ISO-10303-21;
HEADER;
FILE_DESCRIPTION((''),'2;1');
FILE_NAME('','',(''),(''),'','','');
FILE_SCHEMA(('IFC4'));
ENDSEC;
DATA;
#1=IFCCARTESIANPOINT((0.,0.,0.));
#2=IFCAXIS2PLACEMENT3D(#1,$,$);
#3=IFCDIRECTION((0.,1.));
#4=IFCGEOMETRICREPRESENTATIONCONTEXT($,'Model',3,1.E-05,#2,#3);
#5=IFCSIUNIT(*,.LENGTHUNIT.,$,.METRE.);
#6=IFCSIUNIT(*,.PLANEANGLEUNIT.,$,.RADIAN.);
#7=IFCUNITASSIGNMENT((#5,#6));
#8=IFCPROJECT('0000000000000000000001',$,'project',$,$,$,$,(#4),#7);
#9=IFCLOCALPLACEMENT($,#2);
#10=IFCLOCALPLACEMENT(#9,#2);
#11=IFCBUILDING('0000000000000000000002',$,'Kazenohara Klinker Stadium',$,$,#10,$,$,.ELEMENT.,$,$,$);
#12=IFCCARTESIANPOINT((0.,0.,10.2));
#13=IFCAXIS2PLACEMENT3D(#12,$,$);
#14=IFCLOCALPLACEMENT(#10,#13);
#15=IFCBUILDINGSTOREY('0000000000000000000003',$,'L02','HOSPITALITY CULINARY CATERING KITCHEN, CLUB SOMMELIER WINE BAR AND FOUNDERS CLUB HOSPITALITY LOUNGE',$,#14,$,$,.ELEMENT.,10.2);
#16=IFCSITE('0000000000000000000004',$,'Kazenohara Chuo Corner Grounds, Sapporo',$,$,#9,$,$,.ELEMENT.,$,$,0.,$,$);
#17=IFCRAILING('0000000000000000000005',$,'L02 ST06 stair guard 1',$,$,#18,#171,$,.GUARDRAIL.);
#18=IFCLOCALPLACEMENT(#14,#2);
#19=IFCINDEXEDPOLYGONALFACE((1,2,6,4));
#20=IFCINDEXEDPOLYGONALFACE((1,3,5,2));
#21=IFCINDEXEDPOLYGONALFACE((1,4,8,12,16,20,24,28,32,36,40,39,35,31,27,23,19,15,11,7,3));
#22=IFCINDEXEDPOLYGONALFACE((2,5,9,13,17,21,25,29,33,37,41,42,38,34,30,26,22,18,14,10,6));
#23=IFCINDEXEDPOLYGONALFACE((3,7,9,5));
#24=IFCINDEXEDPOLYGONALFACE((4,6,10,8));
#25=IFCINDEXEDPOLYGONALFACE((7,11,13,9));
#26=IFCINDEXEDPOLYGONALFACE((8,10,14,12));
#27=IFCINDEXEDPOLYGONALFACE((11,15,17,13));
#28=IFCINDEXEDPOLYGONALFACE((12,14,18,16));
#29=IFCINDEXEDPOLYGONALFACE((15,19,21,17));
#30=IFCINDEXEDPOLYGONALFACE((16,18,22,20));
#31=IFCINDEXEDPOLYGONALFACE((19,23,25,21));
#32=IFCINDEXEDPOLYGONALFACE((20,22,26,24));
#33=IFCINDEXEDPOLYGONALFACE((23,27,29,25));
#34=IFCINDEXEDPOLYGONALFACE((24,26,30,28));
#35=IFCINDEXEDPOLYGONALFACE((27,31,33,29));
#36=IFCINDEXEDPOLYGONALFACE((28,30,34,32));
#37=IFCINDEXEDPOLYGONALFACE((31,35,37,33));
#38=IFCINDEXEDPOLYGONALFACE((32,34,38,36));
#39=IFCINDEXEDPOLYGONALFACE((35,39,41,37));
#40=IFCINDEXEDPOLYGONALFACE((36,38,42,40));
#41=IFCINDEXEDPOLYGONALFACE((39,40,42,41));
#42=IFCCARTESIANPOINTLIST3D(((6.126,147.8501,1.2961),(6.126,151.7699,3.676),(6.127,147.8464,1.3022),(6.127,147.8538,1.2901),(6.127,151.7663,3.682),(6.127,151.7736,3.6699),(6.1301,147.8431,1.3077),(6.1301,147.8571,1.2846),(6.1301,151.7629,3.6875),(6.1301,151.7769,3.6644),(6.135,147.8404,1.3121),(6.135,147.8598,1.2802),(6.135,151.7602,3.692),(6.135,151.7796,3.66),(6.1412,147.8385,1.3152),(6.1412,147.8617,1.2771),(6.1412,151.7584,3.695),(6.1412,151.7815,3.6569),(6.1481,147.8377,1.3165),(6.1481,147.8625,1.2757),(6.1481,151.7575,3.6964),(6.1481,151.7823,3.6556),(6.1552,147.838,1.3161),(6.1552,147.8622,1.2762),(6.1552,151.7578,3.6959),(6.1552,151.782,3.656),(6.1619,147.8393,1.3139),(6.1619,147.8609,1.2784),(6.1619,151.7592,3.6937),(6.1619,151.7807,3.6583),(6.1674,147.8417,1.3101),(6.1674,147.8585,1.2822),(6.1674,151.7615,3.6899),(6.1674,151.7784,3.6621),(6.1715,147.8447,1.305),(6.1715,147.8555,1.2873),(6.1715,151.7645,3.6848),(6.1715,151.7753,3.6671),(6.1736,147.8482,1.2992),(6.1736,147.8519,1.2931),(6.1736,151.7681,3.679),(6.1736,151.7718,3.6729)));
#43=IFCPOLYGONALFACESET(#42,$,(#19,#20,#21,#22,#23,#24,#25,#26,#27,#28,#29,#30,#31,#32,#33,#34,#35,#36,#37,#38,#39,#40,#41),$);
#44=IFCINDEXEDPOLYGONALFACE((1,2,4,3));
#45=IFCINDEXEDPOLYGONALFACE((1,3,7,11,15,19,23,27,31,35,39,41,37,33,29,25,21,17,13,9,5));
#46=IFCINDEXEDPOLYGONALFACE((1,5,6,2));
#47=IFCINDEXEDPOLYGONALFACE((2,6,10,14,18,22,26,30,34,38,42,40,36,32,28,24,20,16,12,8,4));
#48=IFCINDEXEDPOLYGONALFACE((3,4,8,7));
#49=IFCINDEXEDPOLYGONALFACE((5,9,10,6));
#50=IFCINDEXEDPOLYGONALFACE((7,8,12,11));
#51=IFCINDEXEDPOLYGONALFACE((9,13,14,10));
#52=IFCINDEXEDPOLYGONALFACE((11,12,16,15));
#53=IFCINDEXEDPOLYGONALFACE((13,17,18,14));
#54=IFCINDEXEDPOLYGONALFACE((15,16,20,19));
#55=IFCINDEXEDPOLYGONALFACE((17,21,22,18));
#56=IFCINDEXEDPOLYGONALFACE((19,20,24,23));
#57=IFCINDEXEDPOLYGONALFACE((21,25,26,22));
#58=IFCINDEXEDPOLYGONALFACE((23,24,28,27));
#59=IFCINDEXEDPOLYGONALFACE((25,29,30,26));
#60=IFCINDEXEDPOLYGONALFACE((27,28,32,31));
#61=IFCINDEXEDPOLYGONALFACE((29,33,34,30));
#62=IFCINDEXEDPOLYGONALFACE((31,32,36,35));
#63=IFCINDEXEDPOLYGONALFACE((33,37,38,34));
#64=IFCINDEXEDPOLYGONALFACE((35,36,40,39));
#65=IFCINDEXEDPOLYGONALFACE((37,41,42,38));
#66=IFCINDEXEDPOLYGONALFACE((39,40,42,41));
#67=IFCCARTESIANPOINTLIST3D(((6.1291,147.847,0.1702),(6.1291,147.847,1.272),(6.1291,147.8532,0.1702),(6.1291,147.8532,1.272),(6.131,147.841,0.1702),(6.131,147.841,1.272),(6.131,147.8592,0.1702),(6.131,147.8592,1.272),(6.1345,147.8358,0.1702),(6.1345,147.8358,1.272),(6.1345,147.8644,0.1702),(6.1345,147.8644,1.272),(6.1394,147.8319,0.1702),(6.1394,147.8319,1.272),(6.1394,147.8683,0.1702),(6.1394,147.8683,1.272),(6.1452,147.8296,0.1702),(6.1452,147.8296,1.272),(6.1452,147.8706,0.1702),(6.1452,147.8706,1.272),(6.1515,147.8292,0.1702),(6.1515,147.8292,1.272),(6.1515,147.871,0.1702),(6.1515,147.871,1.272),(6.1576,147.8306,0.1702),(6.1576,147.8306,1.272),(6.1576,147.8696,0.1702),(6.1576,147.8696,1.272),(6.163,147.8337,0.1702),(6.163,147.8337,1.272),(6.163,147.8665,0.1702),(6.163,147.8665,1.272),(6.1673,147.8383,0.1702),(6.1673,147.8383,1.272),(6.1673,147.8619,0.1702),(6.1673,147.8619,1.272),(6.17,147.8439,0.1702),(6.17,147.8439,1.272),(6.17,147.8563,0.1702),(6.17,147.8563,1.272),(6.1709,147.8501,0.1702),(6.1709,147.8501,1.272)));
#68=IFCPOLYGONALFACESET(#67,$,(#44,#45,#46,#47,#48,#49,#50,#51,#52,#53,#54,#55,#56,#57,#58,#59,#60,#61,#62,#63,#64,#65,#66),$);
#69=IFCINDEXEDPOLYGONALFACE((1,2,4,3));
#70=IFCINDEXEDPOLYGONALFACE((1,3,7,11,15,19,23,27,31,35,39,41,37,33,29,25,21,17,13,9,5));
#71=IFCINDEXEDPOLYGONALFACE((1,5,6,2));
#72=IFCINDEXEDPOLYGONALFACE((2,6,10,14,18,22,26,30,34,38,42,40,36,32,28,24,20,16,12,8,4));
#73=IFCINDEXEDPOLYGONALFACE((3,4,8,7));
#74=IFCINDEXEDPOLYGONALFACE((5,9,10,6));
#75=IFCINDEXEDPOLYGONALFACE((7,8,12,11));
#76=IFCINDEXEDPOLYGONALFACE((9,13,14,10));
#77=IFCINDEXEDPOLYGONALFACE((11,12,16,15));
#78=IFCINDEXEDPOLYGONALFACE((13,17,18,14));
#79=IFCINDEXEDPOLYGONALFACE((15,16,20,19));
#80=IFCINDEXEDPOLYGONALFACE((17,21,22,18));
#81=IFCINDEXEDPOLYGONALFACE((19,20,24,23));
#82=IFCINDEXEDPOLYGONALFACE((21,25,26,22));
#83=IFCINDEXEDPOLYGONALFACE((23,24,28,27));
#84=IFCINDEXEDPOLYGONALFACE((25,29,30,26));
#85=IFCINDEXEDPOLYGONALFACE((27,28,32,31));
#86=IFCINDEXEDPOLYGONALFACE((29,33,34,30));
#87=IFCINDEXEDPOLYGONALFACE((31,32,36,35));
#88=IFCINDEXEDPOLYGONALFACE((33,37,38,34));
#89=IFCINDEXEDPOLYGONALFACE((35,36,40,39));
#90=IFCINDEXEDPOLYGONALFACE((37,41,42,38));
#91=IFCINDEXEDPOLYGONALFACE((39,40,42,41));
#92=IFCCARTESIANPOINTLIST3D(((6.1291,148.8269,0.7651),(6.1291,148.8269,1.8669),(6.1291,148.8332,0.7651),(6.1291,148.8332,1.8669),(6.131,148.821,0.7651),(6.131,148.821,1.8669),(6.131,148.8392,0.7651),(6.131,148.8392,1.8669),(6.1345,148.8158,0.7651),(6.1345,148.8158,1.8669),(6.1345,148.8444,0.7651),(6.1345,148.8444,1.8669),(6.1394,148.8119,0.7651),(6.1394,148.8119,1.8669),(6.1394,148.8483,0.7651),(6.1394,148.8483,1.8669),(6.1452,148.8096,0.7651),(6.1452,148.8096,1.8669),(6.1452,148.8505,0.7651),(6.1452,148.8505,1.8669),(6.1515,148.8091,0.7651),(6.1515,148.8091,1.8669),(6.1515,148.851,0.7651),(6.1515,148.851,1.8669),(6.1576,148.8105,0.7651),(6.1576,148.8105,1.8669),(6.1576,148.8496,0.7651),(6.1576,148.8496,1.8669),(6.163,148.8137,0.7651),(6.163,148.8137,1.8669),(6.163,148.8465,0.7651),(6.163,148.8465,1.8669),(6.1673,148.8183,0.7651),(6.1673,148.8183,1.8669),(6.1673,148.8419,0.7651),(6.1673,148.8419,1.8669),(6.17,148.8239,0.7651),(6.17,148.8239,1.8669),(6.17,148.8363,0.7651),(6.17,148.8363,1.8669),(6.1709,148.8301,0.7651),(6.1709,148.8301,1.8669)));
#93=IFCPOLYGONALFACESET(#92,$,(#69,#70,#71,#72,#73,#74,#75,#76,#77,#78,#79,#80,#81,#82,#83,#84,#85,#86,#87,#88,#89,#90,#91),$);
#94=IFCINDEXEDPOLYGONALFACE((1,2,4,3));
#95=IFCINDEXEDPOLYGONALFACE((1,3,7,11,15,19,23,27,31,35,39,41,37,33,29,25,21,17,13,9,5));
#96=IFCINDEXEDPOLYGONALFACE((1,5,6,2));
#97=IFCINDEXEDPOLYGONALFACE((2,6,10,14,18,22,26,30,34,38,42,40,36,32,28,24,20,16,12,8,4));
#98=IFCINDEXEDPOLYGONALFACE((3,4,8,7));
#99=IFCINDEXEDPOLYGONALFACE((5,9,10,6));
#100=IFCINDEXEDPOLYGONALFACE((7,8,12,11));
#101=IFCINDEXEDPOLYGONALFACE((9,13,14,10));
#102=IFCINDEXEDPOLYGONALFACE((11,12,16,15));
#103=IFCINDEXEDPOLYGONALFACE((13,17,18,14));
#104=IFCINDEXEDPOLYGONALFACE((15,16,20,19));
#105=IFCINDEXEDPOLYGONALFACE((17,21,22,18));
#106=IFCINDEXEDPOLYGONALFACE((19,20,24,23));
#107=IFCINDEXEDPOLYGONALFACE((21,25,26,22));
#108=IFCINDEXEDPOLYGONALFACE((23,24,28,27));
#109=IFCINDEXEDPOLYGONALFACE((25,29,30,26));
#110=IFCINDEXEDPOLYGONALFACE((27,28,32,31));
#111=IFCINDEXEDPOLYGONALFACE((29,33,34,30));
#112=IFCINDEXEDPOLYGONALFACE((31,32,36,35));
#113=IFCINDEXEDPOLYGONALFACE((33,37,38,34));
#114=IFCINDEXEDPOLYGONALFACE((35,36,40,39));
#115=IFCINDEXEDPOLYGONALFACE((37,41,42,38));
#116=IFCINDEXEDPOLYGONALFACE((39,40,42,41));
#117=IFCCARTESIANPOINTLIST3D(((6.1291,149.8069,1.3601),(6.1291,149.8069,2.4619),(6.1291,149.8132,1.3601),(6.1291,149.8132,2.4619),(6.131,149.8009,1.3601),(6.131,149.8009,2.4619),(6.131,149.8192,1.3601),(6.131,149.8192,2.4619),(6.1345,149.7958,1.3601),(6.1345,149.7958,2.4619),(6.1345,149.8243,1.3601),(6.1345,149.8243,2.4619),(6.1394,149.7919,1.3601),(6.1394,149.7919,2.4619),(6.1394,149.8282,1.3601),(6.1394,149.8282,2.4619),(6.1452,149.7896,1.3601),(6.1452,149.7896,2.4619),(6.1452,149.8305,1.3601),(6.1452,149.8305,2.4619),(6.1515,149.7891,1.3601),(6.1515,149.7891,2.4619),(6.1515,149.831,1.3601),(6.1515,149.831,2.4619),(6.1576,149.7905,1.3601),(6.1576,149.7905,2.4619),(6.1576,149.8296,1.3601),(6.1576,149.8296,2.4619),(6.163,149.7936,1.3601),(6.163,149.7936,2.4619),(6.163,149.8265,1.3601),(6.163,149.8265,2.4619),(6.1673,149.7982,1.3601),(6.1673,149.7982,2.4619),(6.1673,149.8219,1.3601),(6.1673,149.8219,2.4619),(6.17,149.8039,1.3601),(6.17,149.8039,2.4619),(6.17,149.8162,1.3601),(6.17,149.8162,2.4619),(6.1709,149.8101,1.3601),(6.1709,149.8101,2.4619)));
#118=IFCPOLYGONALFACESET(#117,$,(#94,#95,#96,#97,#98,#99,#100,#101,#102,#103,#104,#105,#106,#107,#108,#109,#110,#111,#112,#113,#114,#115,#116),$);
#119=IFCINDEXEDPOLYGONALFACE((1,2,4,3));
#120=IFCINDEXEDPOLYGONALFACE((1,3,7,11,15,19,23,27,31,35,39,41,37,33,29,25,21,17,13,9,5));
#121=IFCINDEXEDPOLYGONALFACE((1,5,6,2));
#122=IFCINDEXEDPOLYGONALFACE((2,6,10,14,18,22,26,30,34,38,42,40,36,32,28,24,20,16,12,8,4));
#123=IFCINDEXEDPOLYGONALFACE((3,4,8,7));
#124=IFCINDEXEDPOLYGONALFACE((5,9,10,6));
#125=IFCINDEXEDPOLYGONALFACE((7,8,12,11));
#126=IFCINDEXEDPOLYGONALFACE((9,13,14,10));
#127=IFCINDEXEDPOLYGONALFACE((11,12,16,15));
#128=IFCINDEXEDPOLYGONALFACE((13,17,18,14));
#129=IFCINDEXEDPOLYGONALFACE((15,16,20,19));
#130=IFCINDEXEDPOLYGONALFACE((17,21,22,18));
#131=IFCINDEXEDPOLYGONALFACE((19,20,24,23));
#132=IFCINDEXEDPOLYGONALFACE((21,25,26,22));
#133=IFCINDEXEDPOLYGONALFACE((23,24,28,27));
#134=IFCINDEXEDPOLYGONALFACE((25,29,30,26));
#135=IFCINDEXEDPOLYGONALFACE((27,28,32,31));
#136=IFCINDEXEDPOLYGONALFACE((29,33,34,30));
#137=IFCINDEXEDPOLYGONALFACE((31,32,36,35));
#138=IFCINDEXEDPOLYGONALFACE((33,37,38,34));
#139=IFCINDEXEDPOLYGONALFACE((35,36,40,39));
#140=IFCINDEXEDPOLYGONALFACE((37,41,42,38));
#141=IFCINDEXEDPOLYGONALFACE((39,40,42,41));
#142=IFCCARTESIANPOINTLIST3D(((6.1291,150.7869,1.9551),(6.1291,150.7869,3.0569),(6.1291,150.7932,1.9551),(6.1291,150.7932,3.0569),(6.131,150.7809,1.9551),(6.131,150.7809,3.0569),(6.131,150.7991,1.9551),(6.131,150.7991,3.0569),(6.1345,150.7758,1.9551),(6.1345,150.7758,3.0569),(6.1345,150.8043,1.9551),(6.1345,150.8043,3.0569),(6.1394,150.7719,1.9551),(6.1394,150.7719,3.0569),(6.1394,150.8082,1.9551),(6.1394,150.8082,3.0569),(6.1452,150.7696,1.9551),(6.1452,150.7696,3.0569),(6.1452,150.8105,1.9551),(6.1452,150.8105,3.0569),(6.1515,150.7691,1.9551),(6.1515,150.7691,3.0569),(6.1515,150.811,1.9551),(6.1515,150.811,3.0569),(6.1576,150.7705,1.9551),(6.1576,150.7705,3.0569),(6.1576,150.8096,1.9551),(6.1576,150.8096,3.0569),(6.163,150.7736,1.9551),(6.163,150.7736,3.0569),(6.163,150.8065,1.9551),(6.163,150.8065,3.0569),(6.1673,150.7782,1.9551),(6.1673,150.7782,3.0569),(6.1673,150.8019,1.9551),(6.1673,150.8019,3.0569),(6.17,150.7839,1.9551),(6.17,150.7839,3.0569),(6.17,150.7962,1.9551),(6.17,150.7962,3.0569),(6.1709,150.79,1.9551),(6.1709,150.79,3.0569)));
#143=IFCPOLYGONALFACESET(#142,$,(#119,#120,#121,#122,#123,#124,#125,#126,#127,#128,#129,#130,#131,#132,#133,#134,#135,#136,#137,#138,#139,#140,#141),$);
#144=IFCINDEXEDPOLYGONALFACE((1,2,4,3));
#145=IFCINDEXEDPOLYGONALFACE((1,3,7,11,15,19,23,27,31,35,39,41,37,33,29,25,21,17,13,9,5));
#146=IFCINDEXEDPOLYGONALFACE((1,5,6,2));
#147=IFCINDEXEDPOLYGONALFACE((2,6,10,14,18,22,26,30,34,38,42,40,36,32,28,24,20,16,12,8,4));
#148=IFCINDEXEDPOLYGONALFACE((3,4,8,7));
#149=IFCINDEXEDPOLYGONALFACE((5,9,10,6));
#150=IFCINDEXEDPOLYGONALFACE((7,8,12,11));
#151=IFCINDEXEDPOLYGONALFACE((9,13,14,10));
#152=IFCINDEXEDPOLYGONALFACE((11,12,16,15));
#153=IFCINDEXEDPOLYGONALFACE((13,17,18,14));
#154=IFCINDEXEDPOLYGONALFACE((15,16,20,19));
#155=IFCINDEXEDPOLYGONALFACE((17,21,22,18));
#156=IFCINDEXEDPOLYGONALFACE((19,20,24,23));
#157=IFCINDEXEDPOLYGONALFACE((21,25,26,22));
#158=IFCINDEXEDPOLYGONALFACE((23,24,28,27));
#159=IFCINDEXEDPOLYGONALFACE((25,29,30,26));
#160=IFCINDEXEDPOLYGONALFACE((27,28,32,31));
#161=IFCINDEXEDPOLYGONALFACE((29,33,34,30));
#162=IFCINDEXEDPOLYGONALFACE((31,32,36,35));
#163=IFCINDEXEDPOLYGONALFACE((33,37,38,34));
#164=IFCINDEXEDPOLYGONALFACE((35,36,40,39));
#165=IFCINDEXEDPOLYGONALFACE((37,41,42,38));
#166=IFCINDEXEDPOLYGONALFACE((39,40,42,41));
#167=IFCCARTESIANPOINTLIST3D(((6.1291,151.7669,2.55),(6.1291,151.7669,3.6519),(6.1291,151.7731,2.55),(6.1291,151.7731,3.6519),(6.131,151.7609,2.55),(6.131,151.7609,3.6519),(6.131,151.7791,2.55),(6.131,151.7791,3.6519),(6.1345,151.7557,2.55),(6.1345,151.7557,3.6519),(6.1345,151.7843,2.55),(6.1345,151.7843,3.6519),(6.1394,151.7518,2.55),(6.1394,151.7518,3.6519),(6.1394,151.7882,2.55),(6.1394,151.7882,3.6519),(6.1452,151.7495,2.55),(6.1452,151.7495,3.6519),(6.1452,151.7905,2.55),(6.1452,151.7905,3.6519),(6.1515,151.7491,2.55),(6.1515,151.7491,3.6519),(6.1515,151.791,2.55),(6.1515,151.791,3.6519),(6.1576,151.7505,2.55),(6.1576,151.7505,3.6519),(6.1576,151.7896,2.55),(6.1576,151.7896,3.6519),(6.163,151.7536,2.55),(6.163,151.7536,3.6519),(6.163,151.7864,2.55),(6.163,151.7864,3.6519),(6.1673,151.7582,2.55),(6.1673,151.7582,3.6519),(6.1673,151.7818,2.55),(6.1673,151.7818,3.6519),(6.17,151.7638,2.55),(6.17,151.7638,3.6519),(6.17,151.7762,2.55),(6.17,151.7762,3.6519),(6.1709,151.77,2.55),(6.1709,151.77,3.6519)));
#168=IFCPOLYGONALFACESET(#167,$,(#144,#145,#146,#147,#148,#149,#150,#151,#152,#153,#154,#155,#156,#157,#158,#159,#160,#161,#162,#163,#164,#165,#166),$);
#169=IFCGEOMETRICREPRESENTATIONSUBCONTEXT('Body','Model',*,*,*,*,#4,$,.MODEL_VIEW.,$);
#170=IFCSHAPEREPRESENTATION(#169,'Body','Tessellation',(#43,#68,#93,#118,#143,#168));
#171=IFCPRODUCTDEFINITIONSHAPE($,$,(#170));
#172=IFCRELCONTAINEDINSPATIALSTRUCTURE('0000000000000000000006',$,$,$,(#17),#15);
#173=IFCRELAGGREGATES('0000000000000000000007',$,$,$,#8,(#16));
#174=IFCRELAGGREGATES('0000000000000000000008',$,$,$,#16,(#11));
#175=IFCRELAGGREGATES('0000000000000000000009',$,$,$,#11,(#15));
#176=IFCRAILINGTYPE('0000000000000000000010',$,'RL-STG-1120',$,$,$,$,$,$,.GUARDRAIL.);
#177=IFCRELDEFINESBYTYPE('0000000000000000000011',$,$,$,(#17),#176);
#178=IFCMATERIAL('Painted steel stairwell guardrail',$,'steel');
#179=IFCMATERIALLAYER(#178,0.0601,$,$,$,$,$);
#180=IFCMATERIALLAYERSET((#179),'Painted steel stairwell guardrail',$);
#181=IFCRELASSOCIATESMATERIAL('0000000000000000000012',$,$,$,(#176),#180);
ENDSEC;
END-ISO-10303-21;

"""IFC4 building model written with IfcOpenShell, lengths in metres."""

from ifc_helpers import new_model, si_unit, direction, frame, origin, origin_2d, place, context, subcontext, project, spatial, circle, extrude, material, layer, layer_set, type_object, element, save


model = new_model("IFC4")

# Units and contexts
model_context = context("Model", 3, precision=1e-05, world=origin(), true_north=direction((0.0, 1.0)))
body_context = subcontext(model_context, "Body", "Model", "MODEL_VIEW")
ifc_project = project(units=[si_unit("LENGTHUNIT", "METRE"), si_unit("PLANEANGLEUNIT", "RADIAN")], contexts=[model_context])

# Site, building, storey
site_placement = place(None, origin())
site = spatial("IfcSite", under=ifc_project, at=site_placement, Name="Kazenohara Chuo Corner Grounds, Sapporo", CompositionType="ELEMENT", RefElevation=0.0)
building_placement = place(site_placement, origin())
building = spatial("IfcBuilding", under=site, at=building_placement, Name="Kazenohara Klinker Stadium", CompositionType="ELEMENT")
storey_placement = place(building_placement, frame((0.0, 0.0, 10.2)))
storey = spatial("IfcBuildingStorey", under=building, at=storey_placement, Name="L02", Description="HOSPITALITY CULINARY CATERING KITCHEN, CLUB SOMMELIER WINE BAR AND FOUNDERS CLUB HOSPITALITY LOUNGE", CompositionType="ELEMENT", Elevation=10.2)

# Railing
ifc_material_1 = material(Name="Painted steel stairwell guardrail", Category="steel")
ifc_layer_1 = layer(ifc_material_1, 0.0601)
ifc_layer_set_1 = layer_set([ifc_layer_1], Name="Painted steel stairwell guardrail")
railing_type_1 = type_object("IfcRailingType", Name="RL-STG-1120", PredefinedType="GUARDRAIL", material=ifc_layer_set_1)
railing_1_placement = place(storey_placement, frame((6.1499, 147.8501, 0.1702)))
element("IfcRailing", 1, at=railing_1_placement, inside=storey, type_object=railing_type_1, Name="L02 ST06 stair guard 1", PredefinedType="GUARDRAIL", context=body_context, shape_type="SweptSolid", body=[
    extrude(circle(Radius=0.0239, at=origin_2d()), frame((0.0, 0.0, 1.126), z_axis=(0.0, 0.854794, 0.518967), x_axis=(-1.0, 0.0, 0.0)), (0.0, 0.0, 1.0), 4.5857),
    extrude(circle(Radius=0.021, at=origin_2d()), origin(), (0.0, 0.0, 1.0), 1.1018),
    extrude(circle(Radius=0.021, at=origin_2d()), frame((0.0, 0.98, 0.595)), (0.0, 0.0, 1.0), 1.1018),
    extrude(circle(Radius=0.021, at=origin_2d()), frame((0.0, 1.96, 1.1899)), (0.0, 0.0, 1.0), 1.1018),
    extrude(circle(Radius=0.021, at=origin_2d()), frame((0.0, 2.9399, 1.7849)), (0.0, 0.0, 1.0), 1.1018),
    extrude(circle(Radius=0.021, at=origin_2d()), frame((0.0, 3.9199, 2.3799)), (0.0, 0.0, 1.0), 1.1018),
])

save(model, "model.ifc")
